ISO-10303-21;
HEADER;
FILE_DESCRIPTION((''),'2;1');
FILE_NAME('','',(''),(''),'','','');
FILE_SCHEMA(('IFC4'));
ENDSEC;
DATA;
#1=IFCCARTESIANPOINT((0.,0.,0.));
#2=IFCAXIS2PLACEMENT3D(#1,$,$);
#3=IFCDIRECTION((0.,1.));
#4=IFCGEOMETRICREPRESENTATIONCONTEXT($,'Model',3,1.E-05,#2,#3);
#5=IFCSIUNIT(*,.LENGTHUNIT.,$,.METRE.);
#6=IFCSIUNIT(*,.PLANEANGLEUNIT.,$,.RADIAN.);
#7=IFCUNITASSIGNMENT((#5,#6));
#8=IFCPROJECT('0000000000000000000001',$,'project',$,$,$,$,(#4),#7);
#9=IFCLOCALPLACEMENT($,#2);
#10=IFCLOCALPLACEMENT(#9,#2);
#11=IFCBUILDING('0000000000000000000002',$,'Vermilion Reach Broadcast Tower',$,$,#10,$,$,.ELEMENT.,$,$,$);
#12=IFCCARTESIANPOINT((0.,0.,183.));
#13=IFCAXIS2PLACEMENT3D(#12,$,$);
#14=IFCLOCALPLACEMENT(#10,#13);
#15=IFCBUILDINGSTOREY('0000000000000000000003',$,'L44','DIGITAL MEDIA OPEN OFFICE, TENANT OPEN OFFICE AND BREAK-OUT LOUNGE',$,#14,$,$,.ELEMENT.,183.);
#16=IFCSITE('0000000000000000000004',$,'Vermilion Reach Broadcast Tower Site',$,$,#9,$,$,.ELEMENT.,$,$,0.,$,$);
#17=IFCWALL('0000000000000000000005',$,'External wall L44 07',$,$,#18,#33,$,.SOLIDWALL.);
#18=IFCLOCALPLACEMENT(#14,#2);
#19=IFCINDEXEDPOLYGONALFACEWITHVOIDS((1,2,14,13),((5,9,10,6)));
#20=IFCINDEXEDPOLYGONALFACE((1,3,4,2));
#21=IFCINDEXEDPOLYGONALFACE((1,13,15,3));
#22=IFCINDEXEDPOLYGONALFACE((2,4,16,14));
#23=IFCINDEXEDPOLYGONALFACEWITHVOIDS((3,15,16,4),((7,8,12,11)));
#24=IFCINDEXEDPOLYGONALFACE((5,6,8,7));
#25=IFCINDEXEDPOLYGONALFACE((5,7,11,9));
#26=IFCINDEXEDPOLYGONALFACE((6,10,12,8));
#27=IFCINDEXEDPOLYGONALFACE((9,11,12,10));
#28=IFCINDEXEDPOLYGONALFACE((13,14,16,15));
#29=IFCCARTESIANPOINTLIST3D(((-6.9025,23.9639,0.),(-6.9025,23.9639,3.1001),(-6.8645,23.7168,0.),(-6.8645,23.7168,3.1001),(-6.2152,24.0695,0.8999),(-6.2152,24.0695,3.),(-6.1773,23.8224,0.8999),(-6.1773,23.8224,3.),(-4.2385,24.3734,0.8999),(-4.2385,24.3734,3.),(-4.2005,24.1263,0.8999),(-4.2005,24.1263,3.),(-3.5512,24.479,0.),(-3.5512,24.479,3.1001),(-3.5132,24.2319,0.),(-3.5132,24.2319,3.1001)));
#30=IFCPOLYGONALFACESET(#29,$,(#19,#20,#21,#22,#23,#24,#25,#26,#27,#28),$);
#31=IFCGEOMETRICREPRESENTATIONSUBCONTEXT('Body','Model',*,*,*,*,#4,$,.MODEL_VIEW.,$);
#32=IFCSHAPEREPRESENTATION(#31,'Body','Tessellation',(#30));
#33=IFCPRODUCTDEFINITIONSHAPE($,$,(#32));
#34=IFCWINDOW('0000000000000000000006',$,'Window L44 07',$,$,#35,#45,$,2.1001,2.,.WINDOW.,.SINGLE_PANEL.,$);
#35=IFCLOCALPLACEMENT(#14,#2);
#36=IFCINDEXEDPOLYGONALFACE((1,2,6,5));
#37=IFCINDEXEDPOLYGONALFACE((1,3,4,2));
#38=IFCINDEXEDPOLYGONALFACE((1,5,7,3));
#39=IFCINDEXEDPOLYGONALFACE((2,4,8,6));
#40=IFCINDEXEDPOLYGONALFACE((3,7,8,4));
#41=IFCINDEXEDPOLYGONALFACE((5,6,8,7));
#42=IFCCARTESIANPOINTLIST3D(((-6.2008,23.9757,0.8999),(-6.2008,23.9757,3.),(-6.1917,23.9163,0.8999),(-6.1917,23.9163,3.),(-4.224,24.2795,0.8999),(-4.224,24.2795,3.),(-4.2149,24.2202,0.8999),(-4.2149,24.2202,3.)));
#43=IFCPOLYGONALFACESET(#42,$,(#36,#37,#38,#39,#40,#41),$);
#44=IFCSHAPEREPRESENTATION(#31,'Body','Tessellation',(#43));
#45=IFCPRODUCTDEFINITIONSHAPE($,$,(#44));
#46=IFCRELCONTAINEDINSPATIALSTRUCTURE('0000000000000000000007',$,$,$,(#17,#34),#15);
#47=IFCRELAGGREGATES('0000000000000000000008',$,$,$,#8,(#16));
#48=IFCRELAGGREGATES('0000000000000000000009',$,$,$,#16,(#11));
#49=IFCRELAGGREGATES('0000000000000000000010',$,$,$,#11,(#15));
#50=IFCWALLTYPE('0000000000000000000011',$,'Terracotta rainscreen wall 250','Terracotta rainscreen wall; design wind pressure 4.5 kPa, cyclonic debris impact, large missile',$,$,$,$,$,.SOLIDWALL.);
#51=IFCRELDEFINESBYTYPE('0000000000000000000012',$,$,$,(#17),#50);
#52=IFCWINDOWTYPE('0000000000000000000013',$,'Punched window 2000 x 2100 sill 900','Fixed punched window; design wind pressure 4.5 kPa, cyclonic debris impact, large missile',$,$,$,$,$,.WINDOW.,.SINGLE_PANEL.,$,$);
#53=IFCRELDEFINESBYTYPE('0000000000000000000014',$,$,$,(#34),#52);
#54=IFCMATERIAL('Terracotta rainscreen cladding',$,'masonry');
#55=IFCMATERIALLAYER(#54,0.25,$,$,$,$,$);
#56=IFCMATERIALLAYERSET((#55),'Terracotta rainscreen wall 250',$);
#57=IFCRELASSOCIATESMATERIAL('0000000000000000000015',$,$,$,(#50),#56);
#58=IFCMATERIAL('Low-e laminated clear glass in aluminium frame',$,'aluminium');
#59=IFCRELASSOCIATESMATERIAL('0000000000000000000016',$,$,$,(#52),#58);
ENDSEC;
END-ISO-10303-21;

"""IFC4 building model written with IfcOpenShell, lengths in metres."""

from ifc_helpers import new_model, si_unit, direction, frame, frame_2d, origin, place, context, subcontext, project, spatial, rectangle, extrude, material, layer, layer_set, type_object, element, fill, save


model = new_model("IFC4")

# Units and contexts
model_context = context("Model", 3, precision=1e-05, world=origin(), true_north=direction((0.0, 1.0)))
body_context = subcontext(model_context, "Body", "Model", "MODEL_VIEW")
ifc_project = project(units=[si_unit("LENGTHUNIT", "METRE"), si_unit("PLANEANGLEUNIT", "RADIAN")], contexts=[model_context])

# Site, building, storey
site_placement = place(None, origin())
site = spatial("IfcSite", under=ifc_project, at=site_placement, Name="Vermilion Reach Broadcast Tower Site", CompositionType="ELEMENT", RefElevation=0.0)
building_placement = place(site_placement, origin())
building = spatial("IfcBuilding", under=site, at=building_placement, Name="Vermilion Reach Broadcast Tower", CompositionType="ELEMENT")
storey_placement = place(building_placement, frame((0.0, 0.0, 183.0)))
storey = spatial("IfcBuildingStorey", under=building, at=storey_placement, Name="L44", Description="DIGITAL MEDIA OPEN OFFICE, TENANT OPEN OFFICE AND BREAK-OUT LOUNGE", CompositionType="ELEMENT", Elevation=183.0)

# Wall, opening, window
ifc_material_1 = material(Name="Terracotta rainscreen cladding", Category="masonry")
ifc_layer = layer(ifc_material_1, 0.25)
ifc_layer_set = layer_set([ifc_layer], Name="Terracotta rainscreen wall 250")
wall_type = type_object("IfcWallType", Name="Terracotta rainscreen wall 250", Description="Terracotta rainscreen wall; design wind pressure 4.5 kPa, cyclonic debris impact, large missile", PredefinedType="SOLIDWALL", material=ifc_layer_set)
ifc_material_2 = material(Name="Low-e laminated clear glass in aluminium frame", Category="aluminium")
window_type = type_object("IfcWindowType", Name="Punched window 2000 x 2100 sill 900", Description="Fixed punched window; design wind pressure 4.5 kPa, cyclonic debris impact, large missile", PartitioningType="SINGLE_PANEL", PredefinedType="WINDOW", material=ifc_material_2)
wall_1_placement = place(storey_placement, frame((-3.5322, 24.3555, 0.0), z_axis=(0.0, 0.0, 1.0), x_axis=(-0.988392, -0.151927, 0.0)))
wall_1 = element("IfcWall", 1, at=wall_1_placement, inside=storey, type_object=wall_type, Name="External wall L44 07", PredefinedType="SOLIDWALL", context=body_context, shape_type="SweptSolid", body=[
    extrude(rectangle(XDim=3.3906, YDim=0.25, at=frame_2d((1.6953, 0.0))), origin(), (0.0, 0.0, 1.0), 3.1001),
])
opening_1_placement = place(wall_1_placement, frame((0.6953, 0.0, 0.8999)))
opening_1 = element("IfcOpeningElement", 2, at=opening_1_placement, cuts=wall_1, PredefinedType="OPENING", context=body_context, shape_type="SweptSolid", body=[
    extrude(rectangle(XDim=2.0, YDim=2.1001, at=frame_2d((1.0, 1.05))), frame((0.0, 0.135, 0.0), z_axis=(0.0, -1.0, 0.0), x_axis=(1.0, 0.0, 0.0)), (0.0, 0.0, 1.0), 0.27),
])
window_1_placement = place(opening_1_placement, origin())
window_1 = element("IfcWindow", 3, at=window_1_placement, inside=storey, type_object=window_type, Name="Window L44 07", OverallHeight=2.1001, OverallWidth=2.0, PartitioningType="SINGLE_PANEL", PredefinedType="WINDOW", context=body_context, shape_type="SweptSolid", body=[
    extrude(rectangle(XDim=2.0, YDim=2.1001, at=frame_2d((1.0, 1.05))), frame((0.0, 0.03, 0.0), z_axis=(0.0, -1.0, 0.0), x_axis=(1.0, 0.0, 0.0)), (0.0, 0.0, 1.0), 0.0601),
])
fill(opening_1, window_1)

save(model, "model.ifc")
